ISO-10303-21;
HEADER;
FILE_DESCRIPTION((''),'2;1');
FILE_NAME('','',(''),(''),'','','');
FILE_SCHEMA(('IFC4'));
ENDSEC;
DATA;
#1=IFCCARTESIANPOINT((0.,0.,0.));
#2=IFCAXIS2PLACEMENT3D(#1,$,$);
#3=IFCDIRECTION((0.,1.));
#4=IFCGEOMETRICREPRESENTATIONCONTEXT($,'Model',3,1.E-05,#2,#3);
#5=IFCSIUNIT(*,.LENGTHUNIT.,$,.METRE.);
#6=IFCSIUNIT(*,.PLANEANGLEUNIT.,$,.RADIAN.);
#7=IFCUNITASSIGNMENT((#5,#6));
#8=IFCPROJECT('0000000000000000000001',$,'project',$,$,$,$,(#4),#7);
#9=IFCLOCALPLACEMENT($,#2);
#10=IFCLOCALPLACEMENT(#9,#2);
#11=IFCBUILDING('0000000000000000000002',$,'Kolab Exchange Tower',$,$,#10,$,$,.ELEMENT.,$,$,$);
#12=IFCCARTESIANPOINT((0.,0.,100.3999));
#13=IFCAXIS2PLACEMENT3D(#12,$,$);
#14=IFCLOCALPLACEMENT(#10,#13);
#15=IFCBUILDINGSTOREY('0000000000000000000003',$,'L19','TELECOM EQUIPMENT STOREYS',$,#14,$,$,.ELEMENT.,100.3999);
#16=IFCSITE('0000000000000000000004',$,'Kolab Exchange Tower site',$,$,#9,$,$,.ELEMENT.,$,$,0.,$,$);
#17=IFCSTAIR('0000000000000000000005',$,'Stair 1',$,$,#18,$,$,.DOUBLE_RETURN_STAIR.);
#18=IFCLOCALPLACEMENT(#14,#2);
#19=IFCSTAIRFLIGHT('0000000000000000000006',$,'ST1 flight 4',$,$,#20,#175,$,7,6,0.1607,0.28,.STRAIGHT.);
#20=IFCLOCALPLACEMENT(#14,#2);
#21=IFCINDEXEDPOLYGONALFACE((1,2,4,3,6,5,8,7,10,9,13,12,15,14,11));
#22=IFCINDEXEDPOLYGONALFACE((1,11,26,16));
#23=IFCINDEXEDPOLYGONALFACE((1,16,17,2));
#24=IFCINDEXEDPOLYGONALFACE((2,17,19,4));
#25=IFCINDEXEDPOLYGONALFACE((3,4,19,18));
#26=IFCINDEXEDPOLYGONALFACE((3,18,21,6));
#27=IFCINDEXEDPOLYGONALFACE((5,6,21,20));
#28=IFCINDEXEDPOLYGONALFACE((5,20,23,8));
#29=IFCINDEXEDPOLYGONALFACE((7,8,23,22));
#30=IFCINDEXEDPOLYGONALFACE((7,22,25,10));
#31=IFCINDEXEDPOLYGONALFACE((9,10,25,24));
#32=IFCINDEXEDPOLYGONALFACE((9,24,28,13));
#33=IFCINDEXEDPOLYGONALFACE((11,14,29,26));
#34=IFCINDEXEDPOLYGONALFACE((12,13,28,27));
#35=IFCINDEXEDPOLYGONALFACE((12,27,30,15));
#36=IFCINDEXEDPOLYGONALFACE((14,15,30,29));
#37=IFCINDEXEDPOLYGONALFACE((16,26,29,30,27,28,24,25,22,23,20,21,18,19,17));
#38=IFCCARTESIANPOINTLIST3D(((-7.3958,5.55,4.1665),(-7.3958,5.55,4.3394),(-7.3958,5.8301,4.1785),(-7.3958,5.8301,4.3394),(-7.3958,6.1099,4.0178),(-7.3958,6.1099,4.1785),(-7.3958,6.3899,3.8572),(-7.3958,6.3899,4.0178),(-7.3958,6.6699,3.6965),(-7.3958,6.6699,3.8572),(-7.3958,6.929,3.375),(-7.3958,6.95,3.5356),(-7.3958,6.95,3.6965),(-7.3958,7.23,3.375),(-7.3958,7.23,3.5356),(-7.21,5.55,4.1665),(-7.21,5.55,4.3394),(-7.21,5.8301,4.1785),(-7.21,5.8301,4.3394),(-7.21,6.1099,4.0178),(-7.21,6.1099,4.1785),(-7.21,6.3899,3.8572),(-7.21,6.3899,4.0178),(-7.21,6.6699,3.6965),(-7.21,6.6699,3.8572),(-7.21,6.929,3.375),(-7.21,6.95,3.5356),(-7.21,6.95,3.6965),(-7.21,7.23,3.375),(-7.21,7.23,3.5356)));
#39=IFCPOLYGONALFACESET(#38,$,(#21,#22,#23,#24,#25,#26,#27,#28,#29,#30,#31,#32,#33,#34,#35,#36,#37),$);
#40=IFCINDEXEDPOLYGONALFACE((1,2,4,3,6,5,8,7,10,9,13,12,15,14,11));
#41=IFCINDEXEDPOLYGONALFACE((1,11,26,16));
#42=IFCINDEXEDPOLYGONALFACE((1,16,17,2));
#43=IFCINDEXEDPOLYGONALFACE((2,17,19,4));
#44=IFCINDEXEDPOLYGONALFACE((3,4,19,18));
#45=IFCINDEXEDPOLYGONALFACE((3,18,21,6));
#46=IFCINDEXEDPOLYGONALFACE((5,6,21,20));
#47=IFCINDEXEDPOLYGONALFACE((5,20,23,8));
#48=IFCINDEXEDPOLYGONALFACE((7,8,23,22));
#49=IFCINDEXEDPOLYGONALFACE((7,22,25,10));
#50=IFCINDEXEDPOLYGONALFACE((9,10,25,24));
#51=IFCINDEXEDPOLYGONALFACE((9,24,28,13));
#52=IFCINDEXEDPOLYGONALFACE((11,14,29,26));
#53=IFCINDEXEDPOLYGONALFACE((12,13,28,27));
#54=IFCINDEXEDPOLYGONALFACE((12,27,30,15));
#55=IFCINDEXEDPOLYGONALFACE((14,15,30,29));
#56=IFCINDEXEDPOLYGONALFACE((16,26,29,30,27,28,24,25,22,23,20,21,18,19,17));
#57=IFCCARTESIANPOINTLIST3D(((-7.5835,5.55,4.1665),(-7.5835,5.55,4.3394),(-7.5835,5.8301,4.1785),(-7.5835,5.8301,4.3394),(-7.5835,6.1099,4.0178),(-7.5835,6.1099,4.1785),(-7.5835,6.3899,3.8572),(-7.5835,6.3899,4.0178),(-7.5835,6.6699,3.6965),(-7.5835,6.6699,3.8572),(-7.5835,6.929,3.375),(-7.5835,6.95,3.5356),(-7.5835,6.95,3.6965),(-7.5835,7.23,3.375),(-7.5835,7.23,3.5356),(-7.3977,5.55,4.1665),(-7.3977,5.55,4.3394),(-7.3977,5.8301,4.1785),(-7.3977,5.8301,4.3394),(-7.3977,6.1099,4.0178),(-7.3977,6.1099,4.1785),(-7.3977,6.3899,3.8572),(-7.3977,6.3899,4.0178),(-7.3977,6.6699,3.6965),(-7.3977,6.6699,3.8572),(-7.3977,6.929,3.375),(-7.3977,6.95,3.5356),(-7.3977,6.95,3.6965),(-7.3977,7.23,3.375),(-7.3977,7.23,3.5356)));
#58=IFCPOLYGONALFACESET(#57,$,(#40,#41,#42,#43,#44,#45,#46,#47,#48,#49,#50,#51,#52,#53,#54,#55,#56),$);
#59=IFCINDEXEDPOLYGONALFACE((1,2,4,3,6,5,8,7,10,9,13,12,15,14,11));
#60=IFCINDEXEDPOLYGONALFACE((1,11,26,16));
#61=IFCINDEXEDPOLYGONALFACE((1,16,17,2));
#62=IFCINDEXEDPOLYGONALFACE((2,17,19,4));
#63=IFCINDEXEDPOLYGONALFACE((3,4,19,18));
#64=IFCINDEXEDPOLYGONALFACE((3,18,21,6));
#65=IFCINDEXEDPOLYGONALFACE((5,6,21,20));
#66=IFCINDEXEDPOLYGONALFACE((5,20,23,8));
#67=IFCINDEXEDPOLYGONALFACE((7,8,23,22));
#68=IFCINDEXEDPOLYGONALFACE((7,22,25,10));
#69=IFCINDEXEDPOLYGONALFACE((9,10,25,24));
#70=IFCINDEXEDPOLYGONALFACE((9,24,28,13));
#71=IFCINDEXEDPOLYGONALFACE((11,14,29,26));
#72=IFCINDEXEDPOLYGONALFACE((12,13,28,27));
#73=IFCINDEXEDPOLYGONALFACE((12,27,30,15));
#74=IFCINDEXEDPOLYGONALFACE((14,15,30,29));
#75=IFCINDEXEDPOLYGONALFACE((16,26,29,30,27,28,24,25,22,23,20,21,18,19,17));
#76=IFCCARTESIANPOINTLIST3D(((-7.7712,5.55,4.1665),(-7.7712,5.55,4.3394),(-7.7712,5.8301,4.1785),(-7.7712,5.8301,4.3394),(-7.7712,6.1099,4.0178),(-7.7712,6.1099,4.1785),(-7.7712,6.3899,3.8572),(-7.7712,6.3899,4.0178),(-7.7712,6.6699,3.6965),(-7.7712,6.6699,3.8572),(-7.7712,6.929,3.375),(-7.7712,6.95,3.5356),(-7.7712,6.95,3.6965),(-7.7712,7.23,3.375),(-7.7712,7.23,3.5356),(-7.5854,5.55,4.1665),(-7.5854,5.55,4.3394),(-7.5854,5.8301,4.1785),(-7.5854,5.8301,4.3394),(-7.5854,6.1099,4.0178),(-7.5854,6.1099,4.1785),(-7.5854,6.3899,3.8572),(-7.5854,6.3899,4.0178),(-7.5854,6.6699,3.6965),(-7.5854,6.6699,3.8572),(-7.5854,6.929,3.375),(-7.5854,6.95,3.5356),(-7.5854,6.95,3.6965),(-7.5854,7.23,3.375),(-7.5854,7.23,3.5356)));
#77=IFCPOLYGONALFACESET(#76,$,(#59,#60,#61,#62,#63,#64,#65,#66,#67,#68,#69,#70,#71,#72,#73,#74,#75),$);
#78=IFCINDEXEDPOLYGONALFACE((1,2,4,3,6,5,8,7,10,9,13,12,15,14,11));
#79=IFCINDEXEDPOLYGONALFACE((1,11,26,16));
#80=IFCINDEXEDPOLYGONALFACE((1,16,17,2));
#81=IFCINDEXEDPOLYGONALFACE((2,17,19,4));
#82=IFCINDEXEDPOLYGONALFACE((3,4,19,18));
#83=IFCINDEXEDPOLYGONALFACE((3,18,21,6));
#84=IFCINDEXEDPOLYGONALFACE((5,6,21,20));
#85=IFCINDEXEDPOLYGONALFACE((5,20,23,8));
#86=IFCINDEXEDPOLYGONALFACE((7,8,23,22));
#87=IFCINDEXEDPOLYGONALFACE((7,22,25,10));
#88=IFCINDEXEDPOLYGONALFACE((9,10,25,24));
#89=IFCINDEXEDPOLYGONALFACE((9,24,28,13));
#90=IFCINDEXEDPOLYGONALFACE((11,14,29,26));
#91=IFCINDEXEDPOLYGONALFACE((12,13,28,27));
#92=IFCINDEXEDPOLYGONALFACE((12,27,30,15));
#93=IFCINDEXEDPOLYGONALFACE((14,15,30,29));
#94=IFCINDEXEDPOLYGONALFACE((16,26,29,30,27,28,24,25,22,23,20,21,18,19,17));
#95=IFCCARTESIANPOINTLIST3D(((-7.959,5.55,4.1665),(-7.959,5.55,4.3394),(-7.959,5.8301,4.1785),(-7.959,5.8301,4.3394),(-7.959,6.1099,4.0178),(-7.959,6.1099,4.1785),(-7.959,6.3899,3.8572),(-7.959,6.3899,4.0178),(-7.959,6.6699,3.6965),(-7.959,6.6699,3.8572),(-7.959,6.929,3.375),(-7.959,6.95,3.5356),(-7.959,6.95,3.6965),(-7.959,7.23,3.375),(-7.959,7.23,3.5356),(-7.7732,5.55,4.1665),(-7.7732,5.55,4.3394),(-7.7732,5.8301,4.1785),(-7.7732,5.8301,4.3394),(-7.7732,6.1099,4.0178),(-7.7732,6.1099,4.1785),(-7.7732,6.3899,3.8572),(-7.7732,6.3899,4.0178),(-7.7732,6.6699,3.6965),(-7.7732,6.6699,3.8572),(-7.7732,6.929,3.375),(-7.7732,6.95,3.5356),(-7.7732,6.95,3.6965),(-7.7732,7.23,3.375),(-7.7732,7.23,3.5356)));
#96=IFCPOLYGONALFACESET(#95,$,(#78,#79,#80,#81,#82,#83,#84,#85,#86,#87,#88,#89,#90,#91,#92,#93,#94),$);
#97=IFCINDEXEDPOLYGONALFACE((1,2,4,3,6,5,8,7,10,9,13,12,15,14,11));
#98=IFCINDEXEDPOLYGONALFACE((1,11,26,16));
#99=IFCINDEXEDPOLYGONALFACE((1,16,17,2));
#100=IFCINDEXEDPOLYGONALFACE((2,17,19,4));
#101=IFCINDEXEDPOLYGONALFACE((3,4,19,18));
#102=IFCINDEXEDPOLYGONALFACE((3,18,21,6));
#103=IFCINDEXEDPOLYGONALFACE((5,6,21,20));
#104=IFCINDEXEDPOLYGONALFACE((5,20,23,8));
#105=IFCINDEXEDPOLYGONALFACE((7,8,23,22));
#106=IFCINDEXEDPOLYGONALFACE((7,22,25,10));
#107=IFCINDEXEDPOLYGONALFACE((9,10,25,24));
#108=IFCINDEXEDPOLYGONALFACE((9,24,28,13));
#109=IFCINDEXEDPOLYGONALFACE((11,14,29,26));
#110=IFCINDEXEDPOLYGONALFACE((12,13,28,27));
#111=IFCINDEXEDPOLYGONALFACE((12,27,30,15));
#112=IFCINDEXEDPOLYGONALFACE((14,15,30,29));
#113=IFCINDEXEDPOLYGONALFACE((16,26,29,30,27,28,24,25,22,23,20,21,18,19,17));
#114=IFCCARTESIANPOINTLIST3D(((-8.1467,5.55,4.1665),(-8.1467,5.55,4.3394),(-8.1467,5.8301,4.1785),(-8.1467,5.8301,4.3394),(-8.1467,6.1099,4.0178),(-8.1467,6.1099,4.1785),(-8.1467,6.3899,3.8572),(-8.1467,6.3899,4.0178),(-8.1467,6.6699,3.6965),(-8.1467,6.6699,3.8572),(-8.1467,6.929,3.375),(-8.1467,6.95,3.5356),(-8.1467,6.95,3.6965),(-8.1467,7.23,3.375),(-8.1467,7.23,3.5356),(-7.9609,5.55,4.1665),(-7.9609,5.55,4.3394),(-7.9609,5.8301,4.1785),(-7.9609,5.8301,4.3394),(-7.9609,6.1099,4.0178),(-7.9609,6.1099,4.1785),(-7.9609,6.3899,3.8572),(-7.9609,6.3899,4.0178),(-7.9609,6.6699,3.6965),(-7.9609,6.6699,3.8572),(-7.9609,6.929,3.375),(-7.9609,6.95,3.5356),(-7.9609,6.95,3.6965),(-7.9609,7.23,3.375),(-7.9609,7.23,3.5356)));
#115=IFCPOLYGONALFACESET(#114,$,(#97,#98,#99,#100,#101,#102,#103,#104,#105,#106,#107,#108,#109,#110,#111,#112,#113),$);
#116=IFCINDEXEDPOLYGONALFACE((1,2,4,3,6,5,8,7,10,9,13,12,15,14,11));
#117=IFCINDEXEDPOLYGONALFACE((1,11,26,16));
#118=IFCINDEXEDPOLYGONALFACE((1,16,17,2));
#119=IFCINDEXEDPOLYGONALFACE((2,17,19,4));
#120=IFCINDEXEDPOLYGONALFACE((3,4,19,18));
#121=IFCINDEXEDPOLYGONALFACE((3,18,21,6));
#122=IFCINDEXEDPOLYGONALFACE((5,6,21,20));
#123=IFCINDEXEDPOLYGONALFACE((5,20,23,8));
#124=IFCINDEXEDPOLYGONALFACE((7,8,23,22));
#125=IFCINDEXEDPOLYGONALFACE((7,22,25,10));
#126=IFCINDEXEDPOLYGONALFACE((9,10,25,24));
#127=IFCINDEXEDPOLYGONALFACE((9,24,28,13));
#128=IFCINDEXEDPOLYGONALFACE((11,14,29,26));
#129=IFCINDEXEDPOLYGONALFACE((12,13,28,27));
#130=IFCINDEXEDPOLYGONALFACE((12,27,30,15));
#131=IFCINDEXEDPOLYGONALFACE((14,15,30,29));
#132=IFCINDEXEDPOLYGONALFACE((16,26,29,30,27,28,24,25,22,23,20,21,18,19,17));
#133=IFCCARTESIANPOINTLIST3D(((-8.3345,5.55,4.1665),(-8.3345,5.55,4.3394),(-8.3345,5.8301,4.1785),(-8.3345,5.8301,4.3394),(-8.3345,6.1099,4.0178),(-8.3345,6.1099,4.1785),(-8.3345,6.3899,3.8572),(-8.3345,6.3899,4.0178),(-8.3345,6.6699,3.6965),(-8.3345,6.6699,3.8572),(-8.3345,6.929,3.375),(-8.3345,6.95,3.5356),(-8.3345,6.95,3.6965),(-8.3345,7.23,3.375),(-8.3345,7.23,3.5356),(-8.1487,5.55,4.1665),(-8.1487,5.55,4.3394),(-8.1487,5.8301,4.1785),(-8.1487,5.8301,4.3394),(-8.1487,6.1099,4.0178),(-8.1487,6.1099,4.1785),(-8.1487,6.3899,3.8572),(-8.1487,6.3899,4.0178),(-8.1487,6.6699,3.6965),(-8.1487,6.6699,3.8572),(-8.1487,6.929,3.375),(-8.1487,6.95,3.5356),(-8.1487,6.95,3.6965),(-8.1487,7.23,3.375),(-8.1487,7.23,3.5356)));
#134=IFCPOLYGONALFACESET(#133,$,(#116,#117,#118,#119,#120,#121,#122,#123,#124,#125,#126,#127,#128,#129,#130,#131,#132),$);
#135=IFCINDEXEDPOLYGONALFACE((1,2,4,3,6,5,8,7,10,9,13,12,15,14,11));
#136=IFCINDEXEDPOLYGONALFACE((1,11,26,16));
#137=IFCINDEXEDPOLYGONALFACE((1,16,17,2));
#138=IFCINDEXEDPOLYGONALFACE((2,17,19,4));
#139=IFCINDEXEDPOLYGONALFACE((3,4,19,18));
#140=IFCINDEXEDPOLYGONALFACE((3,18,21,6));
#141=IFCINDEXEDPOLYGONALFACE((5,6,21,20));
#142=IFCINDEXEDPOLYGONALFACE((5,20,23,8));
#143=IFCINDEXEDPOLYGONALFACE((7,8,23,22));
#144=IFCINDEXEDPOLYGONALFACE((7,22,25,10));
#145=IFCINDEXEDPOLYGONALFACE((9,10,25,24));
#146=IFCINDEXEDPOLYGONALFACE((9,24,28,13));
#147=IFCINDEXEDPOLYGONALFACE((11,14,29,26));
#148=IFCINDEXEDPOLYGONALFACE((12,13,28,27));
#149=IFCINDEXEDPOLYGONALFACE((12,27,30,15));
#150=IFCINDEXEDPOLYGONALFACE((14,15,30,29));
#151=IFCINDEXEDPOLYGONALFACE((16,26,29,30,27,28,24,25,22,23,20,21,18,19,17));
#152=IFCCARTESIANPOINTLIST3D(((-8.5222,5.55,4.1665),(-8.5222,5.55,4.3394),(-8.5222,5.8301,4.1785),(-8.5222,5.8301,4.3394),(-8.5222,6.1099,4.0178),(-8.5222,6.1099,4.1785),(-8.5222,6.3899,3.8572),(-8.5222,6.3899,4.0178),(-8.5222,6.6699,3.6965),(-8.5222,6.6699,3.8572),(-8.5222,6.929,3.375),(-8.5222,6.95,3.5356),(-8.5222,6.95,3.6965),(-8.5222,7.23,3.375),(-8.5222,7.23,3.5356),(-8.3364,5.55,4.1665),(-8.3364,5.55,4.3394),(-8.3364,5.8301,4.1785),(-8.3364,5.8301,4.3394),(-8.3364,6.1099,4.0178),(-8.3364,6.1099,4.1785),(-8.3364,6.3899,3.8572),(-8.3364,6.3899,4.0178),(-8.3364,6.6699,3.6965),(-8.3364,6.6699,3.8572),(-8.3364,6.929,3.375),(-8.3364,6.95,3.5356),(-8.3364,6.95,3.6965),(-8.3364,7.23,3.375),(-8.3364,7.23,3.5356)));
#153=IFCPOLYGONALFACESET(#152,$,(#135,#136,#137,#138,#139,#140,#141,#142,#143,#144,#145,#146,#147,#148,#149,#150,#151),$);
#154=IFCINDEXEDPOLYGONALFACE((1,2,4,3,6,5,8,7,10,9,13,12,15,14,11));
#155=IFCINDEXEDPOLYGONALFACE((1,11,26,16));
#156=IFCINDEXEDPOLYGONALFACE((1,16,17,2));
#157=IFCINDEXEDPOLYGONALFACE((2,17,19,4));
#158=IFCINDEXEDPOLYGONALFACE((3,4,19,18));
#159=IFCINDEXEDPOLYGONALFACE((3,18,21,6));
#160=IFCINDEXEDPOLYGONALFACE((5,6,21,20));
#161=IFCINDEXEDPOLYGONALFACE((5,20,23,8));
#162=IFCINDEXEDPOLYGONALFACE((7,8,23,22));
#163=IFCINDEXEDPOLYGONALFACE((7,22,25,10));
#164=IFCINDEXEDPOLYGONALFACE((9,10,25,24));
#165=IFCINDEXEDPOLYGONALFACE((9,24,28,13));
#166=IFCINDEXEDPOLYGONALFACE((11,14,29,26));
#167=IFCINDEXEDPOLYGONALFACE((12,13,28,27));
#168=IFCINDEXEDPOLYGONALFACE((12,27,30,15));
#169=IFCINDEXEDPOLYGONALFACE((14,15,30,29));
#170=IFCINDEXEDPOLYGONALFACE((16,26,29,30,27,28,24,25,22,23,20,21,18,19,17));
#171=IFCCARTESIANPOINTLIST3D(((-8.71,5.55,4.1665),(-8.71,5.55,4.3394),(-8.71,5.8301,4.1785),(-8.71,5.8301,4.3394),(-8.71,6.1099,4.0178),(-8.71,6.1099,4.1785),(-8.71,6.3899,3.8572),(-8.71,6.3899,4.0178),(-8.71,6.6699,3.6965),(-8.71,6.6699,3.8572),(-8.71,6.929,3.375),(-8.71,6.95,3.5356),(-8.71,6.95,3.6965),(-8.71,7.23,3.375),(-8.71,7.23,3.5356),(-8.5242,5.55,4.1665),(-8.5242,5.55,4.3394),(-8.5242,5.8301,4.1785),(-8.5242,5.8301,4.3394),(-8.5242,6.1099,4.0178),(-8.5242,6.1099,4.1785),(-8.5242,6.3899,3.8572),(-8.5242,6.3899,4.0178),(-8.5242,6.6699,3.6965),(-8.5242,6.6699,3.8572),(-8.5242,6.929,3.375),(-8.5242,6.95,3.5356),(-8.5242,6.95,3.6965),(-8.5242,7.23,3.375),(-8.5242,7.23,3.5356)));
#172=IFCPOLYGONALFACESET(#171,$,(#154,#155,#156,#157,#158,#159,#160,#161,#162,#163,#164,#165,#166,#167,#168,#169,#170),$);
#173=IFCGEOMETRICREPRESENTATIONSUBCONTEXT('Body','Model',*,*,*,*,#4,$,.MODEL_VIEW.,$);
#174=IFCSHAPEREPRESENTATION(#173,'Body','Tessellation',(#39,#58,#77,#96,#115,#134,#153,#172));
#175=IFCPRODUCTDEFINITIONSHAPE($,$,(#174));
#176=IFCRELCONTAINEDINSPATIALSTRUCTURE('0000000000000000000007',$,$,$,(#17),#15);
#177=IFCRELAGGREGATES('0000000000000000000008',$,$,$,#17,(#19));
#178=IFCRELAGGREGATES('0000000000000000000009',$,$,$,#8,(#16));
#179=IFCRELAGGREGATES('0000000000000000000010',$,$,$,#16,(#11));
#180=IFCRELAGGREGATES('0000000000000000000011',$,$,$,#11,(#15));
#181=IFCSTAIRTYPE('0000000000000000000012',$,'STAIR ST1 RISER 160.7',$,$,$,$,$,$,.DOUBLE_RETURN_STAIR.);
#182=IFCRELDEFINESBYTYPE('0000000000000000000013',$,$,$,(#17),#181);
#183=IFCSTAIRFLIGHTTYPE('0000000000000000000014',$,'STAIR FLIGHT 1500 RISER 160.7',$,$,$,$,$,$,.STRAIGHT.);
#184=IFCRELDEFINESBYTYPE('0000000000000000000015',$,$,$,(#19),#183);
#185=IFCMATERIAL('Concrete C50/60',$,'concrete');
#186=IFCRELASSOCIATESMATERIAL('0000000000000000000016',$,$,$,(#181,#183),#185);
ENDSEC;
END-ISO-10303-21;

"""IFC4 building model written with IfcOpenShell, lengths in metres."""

from ifc_helpers import new_model, si_unit, direction, frame, origin, place, context, subcontext, project, spatial, polyline, outline, extrude, material, type_object, element, aggregate, save


model = new_model("IFC4")

# Units and contexts
model_context = context("Model", 3, precision=1e-05, world=origin(), true_north=direction((0.0, 1.0)))
body_context = subcontext(model_context, "Body", "Model", "MODEL_VIEW")
ifc_project = project(units=[si_unit("LENGTHUNIT", "METRE"), si_unit("PLANEANGLEUNIT", "RADIAN")], contexts=[model_context])

# Site, building, storey
site_placement = place(None, origin())
site = spatial("IfcSite", under=ifc_project, at=site_placement, Name="Kolab Exchange Tower site", CompositionType="ELEMENT", RefElevation=0.0)
building_placement = place(site_placement, origin())
building = spatial("IfcBuilding", under=site, at=building_placement, Name="Kolab Exchange Tower", CompositionType="ELEMENT")
storey_placement = place(building_placement, frame((0.0, 0.0, 100.3999)))
storey = spatial("IfcBuildingStorey", under=building, at=storey_placement, Name="L19", Description="TELECOM EQUIPMENT STOREYS", CompositionType="ELEMENT", Elevation=100.3999)

# Shared definitions
ifc_material_1 = material(Name="Concrete C50/60", Category="concrete")

# Stair, stair flight
stair_type = type_object("IfcStairType", Name="STAIR ST1 RISER 160.7", PredefinedType="DOUBLE_RETURN_STAIR", material=ifc_material_1)
stair_placement = place(storey_placement, origin())
stair = element("IfcStair", 1, at=stair_placement, inside=storey, type_object=stair_type, Name="Stair 1", PredefinedType="DOUBLE_RETURN_STAIR")
stair_flight_type = type_object("IfcStairFlightType", Name="STAIR FLIGHT 1500 RISER 160.7", PredefinedType="STRAIGHT", material=ifc_material_1)
stair_flight_1_placement = place(storey_placement, frame((-7.96, 7.23, 3.375), z_axis=(0.0, 0.0, 1.0), x_axis=(0.0, -1.0, 0.0)))
stair_flight_1 = element("IfcStairFlight", 2, at=stair_flight_1_placement, type_object=stair_flight_type, Name="ST1 flight 4", NumberOfRisers=7, NumberOfTreads=6, PredefinedType="STRAIGHT", RiserHeight=0.1607, TreadLength=0.28, context=body_context, shape_type="SweptSolid", body=[
    extrude(outline(polyline([(0.0, 0.0), (0.0, 0.1606), (0.28, 0.1606), (0.28, 0.3215), (0.5601, 0.3215), (0.5601, 0.4822), (0.8401, 0.4822), (0.8401, 0.6428), (1.1201, 0.6428), (1.1201, 0.8035), (1.3999, 0.8035), (1.3999, 0.9644), (1.6799, 0.9644), (1.6799, 1.125), (1.6799, 0.7915), (0.301, 0.0), (0.0, 0.0)])), frame((0.0, 0.75, 0.0), z_axis=(0.0, -1.0, 0.0), x_axis=(1.0, 0.0, 0.0)), (0.0, 0.0, 1.0), 0.1858),
    extrude(outline(polyline([(0.0, 0.0), (0.0, 0.1606), (0.28, 0.1606), (0.28, 0.3215), (0.5601, 0.3215), (0.5601, 0.4822), (0.8401, 0.4822), (0.8401, 0.6428), (1.1201, 0.6428), (1.1201, 0.8035), (1.3999, 0.8035), (1.3999, 0.9644), (1.6799, 0.9644), (1.6799, 1.125), (1.6799, 0.7915), (0.301, 0.0), (0.0, 0.0)])), frame((0.0, 0.5623, 0.0), z_axis=(0.0, -1.0, 0.0), x_axis=(1.0, 0.0, 0.0)), (0.0, 0.0, 1.0), 0.1858),
    extrude(outline(polyline([(0.0, 0.0), (0.0, 0.1606), (0.28, 0.1606), (0.28, 0.3215), (0.5601, 0.3215), (0.5601, 0.4822), (0.8401, 0.4822), (0.8401, 0.6428), (1.1201, 0.6428), (1.1201, 0.8035), (1.3999, 0.8035), (1.3999, 0.9644), (1.6799, 0.9644), (1.6799, 1.125), (1.6799, 0.7915), (0.301, 0.0), (0.0, 0.0)])), frame((0.0, 0.3745, 0.0), z_axis=(0.0, -1.0, 0.0), x_axis=(1.0, 0.0, 0.0)), (0.0, 0.0, 1.0), 0.1858),
    extrude(outline(polyline([(0.0, 0.0), (0.0, 0.1606), (0.28, 0.1606), (0.28, 0.3215), (0.5601, 0.3215), (0.5601, 0.4822), (0.8401, 0.4822), (0.8401, 0.6428), (1.1201, 0.6428), (1.1201, 0.8035), (1.3999, 0.8035), (1.3999, 0.9644), (1.6799, 0.9644), (1.6799, 1.125), (1.6799, 0.7915), (0.301, 0.0), (0.0, 0.0)])), frame((0.0, 0.1868, 0.0), z_axis=(0.0, -1.0, 0.0), x_axis=(1.0, 0.0, 0.0)), (0.0, 0.0, 1.0), 0.1858),
    extrude(outline(polyline([(0.0, 0.0), (0.0, 0.1606), (0.28, 0.1606), (0.28, 0.3215), (0.5601, 0.3215), (0.5601, 0.4822), (0.8401, 0.4822), (0.8401, 0.6428), (1.1201, 0.6428), (1.1201, 0.8035), (1.3999, 0.8035), (1.3999, 0.9644), (1.6799, 0.9644), (1.6799, 1.125), (1.6799, 0.7915), (0.301, 0.0), (0.0, 0.0)])), frame((0.0, -0.001, 0.0), z_axis=(0.0, -1.0, 0.0), x_axis=(1.0, 0.0, 0.0)), (0.0, 0.0, 1.0), 0.1858),
    extrude(outline(polyline([(0.0, 0.0), (0.0, 0.1606), (0.28, 0.1606), (0.28, 0.3215), (0.5601, 0.3215), (0.5601, 0.4822), (0.8401, 0.4822), (0.8401, 0.6428), (1.1201, 0.6428), (1.1201, 0.8035), (1.3999, 0.8035), (1.3999, 0.9644), (1.6799, 0.9644), (1.6799, 1.125), (1.6799, 0.7915), (0.301, 0.0), (0.0, 0.0)])), frame((0.0, -0.1887, 0.0), z_axis=(0.0, -1.0, 0.0), x_axis=(1.0, 0.0, 0.0)), (0.0, 0.0, 1.0), 0.1858),
    extrude(outline(polyline([(0.0, 0.0), (0.0, 0.1606), (0.28, 0.1606), (0.28, 0.3215), (0.5601, 0.3215), (0.5601, 0.4822), (0.8401, 0.4822), (0.8401, 0.6428), (1.1201, 0.6428), (1.1201, 0.8035), (1.3999, 0.8035), (1.3999, 0.9644), (1.6799, 0.9644), (1.6799, 1.125), (1.6799, 0.7915), (0.301, 0.0), (0.0, 0.0)])), frame((0.0, -0.3765, 0.0), z_axis=(0.0, -1.0, 0.0), x_axis=(1.0, 0.0, 0.0)), (0.0, 0.0, 1.0), 0.1858),
    extrude(outline(polyline([(0.0, 0.0), (0.0, 0.1606), (0.28, 0.1606), (0.28, 0.3215), (0.5601, 0.3215), (0.5601, 0.4822), (0.8401, 0.4822), (0.8401, 0.6428), (1.1201, 0.6428), (1.1201, 0.8035), (1.3999, 0.8035), (1.3999, 0.9644), (1.6799, 0.9644), (1.6799, 1.125), (1.6799, 0.7915), (0.301, 0.0), (0.0, 0.0)])), frame((0.0, -0.5642, 0.0), z_axis=(0.0, -1.0, 0.0), x_axis=(1.0, 0.0, 0.0)), (0.0, 0.0, 1.0), 0.1858),
])
aggregate(stair, [stair_flight_1])

save(model, "model.ifc")
